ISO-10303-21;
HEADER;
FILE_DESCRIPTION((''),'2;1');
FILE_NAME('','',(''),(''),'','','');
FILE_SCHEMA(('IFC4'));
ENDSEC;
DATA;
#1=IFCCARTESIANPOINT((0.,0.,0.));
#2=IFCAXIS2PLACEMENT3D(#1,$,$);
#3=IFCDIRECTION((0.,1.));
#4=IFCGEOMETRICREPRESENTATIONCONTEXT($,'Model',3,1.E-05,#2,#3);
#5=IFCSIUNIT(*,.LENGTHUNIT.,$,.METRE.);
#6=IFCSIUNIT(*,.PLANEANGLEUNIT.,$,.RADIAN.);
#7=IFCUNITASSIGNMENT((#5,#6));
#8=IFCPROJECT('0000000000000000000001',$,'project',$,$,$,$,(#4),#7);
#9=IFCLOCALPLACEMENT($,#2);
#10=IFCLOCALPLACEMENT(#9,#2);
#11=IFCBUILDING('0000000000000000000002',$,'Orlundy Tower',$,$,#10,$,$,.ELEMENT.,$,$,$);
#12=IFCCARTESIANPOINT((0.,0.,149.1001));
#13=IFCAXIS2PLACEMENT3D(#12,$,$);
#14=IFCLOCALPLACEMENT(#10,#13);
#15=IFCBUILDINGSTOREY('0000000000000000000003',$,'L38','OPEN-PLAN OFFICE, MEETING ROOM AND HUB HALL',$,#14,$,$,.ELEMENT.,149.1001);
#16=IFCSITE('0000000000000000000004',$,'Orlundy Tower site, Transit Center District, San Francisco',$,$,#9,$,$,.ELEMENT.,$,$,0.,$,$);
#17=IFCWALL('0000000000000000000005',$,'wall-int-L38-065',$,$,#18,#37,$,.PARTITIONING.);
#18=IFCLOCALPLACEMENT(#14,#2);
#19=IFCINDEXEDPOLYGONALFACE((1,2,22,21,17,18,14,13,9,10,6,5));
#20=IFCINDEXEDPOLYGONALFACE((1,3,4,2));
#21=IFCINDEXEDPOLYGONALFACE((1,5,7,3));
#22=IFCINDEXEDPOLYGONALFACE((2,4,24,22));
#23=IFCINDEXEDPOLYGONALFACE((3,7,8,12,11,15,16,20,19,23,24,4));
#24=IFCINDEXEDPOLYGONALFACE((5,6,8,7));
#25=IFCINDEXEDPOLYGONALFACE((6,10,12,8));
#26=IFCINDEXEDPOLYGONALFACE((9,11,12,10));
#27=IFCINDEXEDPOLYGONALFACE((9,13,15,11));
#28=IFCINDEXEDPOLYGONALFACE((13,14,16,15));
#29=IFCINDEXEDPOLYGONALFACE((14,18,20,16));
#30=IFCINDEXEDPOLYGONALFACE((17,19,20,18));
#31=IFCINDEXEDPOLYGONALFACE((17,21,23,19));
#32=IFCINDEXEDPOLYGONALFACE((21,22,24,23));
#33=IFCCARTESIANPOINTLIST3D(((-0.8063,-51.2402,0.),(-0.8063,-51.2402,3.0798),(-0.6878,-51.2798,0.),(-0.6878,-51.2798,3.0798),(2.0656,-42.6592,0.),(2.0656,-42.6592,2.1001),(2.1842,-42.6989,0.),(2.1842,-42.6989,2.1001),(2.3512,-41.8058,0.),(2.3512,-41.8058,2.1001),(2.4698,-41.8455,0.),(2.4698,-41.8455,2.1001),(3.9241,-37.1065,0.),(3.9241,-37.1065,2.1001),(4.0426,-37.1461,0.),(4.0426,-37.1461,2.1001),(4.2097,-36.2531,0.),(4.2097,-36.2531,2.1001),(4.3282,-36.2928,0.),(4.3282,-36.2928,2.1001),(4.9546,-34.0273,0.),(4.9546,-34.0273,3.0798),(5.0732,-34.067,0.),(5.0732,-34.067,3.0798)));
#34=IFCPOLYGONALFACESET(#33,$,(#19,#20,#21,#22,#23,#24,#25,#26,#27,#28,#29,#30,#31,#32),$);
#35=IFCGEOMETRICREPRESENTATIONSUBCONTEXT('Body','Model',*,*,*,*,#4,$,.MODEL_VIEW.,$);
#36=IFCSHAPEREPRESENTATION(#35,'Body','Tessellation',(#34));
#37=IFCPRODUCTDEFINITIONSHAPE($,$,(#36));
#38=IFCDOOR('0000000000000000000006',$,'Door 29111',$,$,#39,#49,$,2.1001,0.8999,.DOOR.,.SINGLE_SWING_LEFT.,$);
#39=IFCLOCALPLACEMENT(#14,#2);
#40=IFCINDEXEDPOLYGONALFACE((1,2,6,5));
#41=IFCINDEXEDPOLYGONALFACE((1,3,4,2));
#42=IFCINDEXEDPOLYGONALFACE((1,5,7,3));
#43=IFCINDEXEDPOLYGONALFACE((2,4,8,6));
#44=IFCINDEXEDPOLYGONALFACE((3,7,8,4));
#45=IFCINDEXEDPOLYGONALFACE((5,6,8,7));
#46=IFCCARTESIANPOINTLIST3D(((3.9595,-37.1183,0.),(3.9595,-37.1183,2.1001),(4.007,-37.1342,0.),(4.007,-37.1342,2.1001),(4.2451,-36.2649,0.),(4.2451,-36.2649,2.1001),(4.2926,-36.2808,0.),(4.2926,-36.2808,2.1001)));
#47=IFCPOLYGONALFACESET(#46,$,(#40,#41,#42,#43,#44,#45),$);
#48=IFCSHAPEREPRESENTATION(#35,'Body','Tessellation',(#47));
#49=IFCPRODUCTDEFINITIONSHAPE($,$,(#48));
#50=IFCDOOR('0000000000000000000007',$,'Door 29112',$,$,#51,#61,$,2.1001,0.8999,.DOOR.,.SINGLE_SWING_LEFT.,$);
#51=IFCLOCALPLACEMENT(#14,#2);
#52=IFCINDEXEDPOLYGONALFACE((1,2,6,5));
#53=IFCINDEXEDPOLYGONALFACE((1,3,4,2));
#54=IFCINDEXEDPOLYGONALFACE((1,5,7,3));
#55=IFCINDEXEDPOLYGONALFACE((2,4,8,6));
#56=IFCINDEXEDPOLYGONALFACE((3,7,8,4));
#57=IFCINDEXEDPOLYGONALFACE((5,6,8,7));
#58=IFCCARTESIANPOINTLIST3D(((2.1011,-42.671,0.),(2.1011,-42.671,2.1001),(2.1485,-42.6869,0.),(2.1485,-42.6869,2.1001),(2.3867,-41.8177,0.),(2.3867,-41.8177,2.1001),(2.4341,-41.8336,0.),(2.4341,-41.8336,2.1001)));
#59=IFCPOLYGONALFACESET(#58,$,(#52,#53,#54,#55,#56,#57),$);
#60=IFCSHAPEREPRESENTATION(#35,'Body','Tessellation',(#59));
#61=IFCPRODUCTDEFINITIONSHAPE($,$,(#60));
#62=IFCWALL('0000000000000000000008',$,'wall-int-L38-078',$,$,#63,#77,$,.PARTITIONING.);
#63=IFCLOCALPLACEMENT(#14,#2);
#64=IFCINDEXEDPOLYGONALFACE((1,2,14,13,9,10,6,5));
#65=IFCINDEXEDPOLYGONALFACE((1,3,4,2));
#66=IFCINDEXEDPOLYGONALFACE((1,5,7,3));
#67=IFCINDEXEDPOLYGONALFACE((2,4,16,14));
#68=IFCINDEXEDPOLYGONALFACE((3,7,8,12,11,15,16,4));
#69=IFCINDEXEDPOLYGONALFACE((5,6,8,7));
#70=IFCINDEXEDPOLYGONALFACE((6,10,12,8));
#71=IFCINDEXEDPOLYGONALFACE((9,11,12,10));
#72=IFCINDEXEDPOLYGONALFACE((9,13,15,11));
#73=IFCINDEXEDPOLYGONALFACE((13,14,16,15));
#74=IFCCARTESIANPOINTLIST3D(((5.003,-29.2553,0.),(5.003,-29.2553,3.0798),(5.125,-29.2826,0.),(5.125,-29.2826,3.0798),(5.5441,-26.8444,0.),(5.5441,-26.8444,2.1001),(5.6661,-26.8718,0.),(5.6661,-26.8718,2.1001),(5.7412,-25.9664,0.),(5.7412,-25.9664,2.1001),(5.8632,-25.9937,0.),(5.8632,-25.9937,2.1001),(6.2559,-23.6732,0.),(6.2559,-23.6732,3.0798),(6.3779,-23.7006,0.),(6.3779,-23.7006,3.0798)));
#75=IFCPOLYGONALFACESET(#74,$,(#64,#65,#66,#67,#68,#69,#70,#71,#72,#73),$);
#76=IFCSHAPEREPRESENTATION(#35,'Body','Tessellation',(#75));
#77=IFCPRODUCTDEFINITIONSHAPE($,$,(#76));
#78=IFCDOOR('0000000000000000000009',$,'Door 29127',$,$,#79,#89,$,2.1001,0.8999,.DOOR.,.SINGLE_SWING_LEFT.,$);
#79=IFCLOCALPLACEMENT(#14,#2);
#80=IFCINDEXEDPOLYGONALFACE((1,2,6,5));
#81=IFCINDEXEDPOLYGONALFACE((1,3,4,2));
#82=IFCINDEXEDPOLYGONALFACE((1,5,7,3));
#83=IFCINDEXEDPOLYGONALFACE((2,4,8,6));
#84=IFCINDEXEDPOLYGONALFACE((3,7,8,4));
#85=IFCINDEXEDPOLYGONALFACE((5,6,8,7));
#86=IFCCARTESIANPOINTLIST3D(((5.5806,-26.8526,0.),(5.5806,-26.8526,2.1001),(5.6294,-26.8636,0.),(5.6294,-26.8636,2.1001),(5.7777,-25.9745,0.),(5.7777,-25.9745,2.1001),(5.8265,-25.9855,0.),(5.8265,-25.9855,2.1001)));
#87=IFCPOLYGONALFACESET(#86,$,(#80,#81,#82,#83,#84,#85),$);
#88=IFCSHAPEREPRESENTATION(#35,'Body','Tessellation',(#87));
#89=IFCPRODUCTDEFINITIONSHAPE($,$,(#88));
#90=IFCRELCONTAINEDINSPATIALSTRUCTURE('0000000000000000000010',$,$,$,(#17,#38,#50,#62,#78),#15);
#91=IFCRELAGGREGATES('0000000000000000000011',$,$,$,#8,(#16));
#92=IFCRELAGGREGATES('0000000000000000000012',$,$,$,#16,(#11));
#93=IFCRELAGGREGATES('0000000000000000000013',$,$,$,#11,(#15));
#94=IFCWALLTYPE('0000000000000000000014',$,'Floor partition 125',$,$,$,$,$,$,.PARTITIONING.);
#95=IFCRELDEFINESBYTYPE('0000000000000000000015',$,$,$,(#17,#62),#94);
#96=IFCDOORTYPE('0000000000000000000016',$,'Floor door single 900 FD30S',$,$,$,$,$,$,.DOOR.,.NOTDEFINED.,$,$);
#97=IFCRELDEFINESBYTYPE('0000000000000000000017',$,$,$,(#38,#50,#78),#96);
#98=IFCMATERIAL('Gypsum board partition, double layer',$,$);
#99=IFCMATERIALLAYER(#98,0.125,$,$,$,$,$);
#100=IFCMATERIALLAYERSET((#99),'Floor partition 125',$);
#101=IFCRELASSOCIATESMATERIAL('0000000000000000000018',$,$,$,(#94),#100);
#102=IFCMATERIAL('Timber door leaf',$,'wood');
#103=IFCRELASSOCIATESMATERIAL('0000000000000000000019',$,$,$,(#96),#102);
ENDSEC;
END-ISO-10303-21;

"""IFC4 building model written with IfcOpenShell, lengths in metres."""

from ifc_helpers import new_model, si_unit, direction, frame, frame_2d, origin, place, context, subcontext, project, spatial, rectangle, extrude, material, layer, layer_set, type_object, element, fill, save


model = new_model("IFC4")

# Units and contexts
model_context = context("Model", 3, precision=1e-05, world=origin(), true_north=direction((0.0, 1.0)))
body_context = subcontext(model_context, "Body", "Model", "MODEL_VIEW")
ifc_project = project(units=[si_unit("LENGTHUNIT", "METRE"), si_unit("PLANEANGLEUNIT", "RADIAN")], contexts=[model_context])

# Site, building, storey
site_placement = place(None, origin())
site = spatial("IfcSite", under=ifc_project, at=site_placement, Name="Orlundy Tower site, Transit Center District, San Francisco", CompositionType="ELEMENT", RefElevation=0.0)
building_placement = place(site_placement, origin())
building = spatial("IfcBuilding", under=site, at=building_placement, Name="Orlundy Tower", CompositionType="ELEMENT")
storey_placement = place(building_placement, frame((0.0, 0.0, 149.1001)))
storey = spatial("IfcBuildingStorey", under=building, at=storey_placement, Name="L38", Description="OPEN-PLAN OFFICE, MEETING ROOM AND HUB HALL", CompositionType="ELEMENT", Elevation=149.1001)

# Shared definitions
ifc_material_1 = material(Name="Gypsum board partition, double layer")
ifc_layer_1 = layer(ifc_material_1, 0.125)
ifc_layer_set_1 = layer_set([ifc_layer_1], Name="Floor partition 125")
wall_type_1 = type_object("IfcWallType", Name="Floor partition 125", PredefinedType="PARTITIONING", material=ifc_layer_set_1)

# Wall, openings, doors
wall_1_placement = place(storey_placement, frame((5.0139, -34.0471, 0.0), z_axis=(0.0, 0.0, 1.0), x_axis=(-0.317386, -0.948297, 0.0)))
wall_1 = element("IfcWall", 1, at=wall_1_placement, inside=storey, type_object=wall_type_1, Name="wall-int-L38-065", PredefinedType="PARTITIONING", context=body_context, shape_type="SweptSolid", body=[
    extrude(rectangle(XDim=18.1514, YDim=0.125, at=frame_2d((9.0757, 0.0))), origin(), (0.0, 0.0, 1.0), 3.0798),
])
opening_1_placement = place(wall_1_placement, frame((2.3472, 0.0, 0.0)))
opening_1 = element("IfcOpeningElement", 2, at=opening_1_placement, cuts=wall_1, PredefinedType="OPENING", context=body_context, shape_type="SweptSolid", body=[
    extrude(rectangle(XDim=0.8999, YDim=2.1001, at=frame_2d((0.45, 1.05))), frame((0.0, 0.0725, 0.0), z_axis=(0.0, -1.0, 0.0), x_axis=(1.0, 0.0, 0.0)), (0.0, 0.0, 1.0), 0.145),
])
opening_2_placement = place(wall_1_placement, frame((8.2026, 0.0, 0.0)))
opening_2 = element("IfcOpeningElement", 3, at=opening_2_placement, cuts=wall_1, PredefinedType="OPENING", context=body_context, shape_type="SweptSolid", body=[
    extrude(rectangle(XDim=0.8999, YDim=2.1001, at=frame_2d((0.45, 1.05))), frame((0.0, 0.0725, 0.0), z_axis=(0.0, -1.0, 0.0), x_axis=(1.0, 0.0, 0.0)), (0.0, 0.0, 1.0), 0.145),
])
ifc_material_2 = material(Name="Timber door leaf", Category="wood")
door_type = type_object("IfcDoorType", Name="Floor door single 900 FD30S", OperationType="NOTDEFINED", PredefinedType="DOOR", material=ifc_material_2)
door_1_placement = place(opening_1_placement, origin())
door_1 = element("IfcDoor", 4, at=door_1_placement, inside=storey, type_object=door_type, Name="Door 29111", OperationType="SINGLE_SWING_LEFT", OverallHeight=2.1001, OverallWidth=0.8999, PredefinedType="DOOR", context=body_context, shape_type="SweptSolid", body=[
    extrude(rectangle(XDim=0.8999, YDim=2.1001, at=frame_2d((0.45, 1.05))), frame((0.0, 0.0249, 0.0), z_axis=(0.0, -1.0, 0.0), x_axis=(1.0, 0.0, 0.0)), (0.0, 0.0, 1.0), 0.05),
])
fill(opening_1, door_1)
door_2_placement = place(opening_2_placement, origin())
door_2 = element("IfcDoor", 5, at=door_2_placement, inside=storey, type_object=door_type, Name="Door 29112", OperationType="SINGLE_SWING_LEFT", OverallHeight=2.1001, OverallWidth=0.8999, PredefinedType="DOOR", context=body_context, shape_type="SweptSolid", body=[
    extrude(rectangle(XDim=0.8999, YDim=2.1001, at=frame_2d((0.45, 1.05))), frame((0.0, 0.0249, 0.0), z_axis=(0.0, -1.0, 0.0), x_axis=(1.0, 0.0, 0.0)), (0.0, 0.0, 1.0), 0.05),
])
fill(opening_2, door_2)

# Wall, opening, door
wall_2_placement = place(storey_placement, frame((6.3169, -23.687, 0.0), z_axis=(0.0, 0.0, 1.0), x_axis=(-0.219008, -0.975723, 0.0)))
wall_2 = element("IfcWall", 6, at=wall_2_placement, inside=storey, type_object=wall_type_1, Name="wall-int-L38-078", PredefinedType="PARTITIONING", context=body_context, shape_type="SweptSolid", body=[
    extrude(rectangle(XDim=5.7209, YDim=0.125, at=frame_2d((2.8604, 0.0))), origin(), (0.0, 0.0, 1.0), 3.0798),
])
opening_3_placement = place(wall_2_placement, frame((2.3501, 0.0, 0.0)))
opening_3 = element("IfcOpeningElement", 7, at=opening_3_placement, cuts=wall_2, PredefinedType="OPENING", context=body_context, shape_type="SweptSolid", body=[
    extrude(rectangle(XDim=0.8999, YDim=2.1001, at=frame_2d((0.45, 1.05))), frame((0.0, 0.0725, 0.0), z_axis=(0.0, -1.0, 0.0), x_axis=(1.0, 0.0, 0.0)), (0.0, 0.0, 1.0), 0.145),
])
door_3_placement = place(opening_3_placement, origin())
door_3 = element("IfcDoor", 8, at=door_3_placement, inside=storey, type_object=door_type, Name="Door 29127", OperationType="SINGLE_SWING_LEFT", OverallHeight=2.1001, OverallWidth=0.8999, PredefinedType="DOOR", context=body_context, shape_type="SweptSolid", body=[
    extrude(rectangle(XDim=0.8999, YDim=2.1001, at=frame_2d((0.45, 1.05))), frame((0.0, 0.0249, 0.0), z_axis=(0.0, -1.0, 0.0), x_axis=(1.0, 0.0, 0.0)), (0.0, 0.0, 1.0), 0.05),
])
fill(opening_3, door_3)

save(model, "model.ifc")
